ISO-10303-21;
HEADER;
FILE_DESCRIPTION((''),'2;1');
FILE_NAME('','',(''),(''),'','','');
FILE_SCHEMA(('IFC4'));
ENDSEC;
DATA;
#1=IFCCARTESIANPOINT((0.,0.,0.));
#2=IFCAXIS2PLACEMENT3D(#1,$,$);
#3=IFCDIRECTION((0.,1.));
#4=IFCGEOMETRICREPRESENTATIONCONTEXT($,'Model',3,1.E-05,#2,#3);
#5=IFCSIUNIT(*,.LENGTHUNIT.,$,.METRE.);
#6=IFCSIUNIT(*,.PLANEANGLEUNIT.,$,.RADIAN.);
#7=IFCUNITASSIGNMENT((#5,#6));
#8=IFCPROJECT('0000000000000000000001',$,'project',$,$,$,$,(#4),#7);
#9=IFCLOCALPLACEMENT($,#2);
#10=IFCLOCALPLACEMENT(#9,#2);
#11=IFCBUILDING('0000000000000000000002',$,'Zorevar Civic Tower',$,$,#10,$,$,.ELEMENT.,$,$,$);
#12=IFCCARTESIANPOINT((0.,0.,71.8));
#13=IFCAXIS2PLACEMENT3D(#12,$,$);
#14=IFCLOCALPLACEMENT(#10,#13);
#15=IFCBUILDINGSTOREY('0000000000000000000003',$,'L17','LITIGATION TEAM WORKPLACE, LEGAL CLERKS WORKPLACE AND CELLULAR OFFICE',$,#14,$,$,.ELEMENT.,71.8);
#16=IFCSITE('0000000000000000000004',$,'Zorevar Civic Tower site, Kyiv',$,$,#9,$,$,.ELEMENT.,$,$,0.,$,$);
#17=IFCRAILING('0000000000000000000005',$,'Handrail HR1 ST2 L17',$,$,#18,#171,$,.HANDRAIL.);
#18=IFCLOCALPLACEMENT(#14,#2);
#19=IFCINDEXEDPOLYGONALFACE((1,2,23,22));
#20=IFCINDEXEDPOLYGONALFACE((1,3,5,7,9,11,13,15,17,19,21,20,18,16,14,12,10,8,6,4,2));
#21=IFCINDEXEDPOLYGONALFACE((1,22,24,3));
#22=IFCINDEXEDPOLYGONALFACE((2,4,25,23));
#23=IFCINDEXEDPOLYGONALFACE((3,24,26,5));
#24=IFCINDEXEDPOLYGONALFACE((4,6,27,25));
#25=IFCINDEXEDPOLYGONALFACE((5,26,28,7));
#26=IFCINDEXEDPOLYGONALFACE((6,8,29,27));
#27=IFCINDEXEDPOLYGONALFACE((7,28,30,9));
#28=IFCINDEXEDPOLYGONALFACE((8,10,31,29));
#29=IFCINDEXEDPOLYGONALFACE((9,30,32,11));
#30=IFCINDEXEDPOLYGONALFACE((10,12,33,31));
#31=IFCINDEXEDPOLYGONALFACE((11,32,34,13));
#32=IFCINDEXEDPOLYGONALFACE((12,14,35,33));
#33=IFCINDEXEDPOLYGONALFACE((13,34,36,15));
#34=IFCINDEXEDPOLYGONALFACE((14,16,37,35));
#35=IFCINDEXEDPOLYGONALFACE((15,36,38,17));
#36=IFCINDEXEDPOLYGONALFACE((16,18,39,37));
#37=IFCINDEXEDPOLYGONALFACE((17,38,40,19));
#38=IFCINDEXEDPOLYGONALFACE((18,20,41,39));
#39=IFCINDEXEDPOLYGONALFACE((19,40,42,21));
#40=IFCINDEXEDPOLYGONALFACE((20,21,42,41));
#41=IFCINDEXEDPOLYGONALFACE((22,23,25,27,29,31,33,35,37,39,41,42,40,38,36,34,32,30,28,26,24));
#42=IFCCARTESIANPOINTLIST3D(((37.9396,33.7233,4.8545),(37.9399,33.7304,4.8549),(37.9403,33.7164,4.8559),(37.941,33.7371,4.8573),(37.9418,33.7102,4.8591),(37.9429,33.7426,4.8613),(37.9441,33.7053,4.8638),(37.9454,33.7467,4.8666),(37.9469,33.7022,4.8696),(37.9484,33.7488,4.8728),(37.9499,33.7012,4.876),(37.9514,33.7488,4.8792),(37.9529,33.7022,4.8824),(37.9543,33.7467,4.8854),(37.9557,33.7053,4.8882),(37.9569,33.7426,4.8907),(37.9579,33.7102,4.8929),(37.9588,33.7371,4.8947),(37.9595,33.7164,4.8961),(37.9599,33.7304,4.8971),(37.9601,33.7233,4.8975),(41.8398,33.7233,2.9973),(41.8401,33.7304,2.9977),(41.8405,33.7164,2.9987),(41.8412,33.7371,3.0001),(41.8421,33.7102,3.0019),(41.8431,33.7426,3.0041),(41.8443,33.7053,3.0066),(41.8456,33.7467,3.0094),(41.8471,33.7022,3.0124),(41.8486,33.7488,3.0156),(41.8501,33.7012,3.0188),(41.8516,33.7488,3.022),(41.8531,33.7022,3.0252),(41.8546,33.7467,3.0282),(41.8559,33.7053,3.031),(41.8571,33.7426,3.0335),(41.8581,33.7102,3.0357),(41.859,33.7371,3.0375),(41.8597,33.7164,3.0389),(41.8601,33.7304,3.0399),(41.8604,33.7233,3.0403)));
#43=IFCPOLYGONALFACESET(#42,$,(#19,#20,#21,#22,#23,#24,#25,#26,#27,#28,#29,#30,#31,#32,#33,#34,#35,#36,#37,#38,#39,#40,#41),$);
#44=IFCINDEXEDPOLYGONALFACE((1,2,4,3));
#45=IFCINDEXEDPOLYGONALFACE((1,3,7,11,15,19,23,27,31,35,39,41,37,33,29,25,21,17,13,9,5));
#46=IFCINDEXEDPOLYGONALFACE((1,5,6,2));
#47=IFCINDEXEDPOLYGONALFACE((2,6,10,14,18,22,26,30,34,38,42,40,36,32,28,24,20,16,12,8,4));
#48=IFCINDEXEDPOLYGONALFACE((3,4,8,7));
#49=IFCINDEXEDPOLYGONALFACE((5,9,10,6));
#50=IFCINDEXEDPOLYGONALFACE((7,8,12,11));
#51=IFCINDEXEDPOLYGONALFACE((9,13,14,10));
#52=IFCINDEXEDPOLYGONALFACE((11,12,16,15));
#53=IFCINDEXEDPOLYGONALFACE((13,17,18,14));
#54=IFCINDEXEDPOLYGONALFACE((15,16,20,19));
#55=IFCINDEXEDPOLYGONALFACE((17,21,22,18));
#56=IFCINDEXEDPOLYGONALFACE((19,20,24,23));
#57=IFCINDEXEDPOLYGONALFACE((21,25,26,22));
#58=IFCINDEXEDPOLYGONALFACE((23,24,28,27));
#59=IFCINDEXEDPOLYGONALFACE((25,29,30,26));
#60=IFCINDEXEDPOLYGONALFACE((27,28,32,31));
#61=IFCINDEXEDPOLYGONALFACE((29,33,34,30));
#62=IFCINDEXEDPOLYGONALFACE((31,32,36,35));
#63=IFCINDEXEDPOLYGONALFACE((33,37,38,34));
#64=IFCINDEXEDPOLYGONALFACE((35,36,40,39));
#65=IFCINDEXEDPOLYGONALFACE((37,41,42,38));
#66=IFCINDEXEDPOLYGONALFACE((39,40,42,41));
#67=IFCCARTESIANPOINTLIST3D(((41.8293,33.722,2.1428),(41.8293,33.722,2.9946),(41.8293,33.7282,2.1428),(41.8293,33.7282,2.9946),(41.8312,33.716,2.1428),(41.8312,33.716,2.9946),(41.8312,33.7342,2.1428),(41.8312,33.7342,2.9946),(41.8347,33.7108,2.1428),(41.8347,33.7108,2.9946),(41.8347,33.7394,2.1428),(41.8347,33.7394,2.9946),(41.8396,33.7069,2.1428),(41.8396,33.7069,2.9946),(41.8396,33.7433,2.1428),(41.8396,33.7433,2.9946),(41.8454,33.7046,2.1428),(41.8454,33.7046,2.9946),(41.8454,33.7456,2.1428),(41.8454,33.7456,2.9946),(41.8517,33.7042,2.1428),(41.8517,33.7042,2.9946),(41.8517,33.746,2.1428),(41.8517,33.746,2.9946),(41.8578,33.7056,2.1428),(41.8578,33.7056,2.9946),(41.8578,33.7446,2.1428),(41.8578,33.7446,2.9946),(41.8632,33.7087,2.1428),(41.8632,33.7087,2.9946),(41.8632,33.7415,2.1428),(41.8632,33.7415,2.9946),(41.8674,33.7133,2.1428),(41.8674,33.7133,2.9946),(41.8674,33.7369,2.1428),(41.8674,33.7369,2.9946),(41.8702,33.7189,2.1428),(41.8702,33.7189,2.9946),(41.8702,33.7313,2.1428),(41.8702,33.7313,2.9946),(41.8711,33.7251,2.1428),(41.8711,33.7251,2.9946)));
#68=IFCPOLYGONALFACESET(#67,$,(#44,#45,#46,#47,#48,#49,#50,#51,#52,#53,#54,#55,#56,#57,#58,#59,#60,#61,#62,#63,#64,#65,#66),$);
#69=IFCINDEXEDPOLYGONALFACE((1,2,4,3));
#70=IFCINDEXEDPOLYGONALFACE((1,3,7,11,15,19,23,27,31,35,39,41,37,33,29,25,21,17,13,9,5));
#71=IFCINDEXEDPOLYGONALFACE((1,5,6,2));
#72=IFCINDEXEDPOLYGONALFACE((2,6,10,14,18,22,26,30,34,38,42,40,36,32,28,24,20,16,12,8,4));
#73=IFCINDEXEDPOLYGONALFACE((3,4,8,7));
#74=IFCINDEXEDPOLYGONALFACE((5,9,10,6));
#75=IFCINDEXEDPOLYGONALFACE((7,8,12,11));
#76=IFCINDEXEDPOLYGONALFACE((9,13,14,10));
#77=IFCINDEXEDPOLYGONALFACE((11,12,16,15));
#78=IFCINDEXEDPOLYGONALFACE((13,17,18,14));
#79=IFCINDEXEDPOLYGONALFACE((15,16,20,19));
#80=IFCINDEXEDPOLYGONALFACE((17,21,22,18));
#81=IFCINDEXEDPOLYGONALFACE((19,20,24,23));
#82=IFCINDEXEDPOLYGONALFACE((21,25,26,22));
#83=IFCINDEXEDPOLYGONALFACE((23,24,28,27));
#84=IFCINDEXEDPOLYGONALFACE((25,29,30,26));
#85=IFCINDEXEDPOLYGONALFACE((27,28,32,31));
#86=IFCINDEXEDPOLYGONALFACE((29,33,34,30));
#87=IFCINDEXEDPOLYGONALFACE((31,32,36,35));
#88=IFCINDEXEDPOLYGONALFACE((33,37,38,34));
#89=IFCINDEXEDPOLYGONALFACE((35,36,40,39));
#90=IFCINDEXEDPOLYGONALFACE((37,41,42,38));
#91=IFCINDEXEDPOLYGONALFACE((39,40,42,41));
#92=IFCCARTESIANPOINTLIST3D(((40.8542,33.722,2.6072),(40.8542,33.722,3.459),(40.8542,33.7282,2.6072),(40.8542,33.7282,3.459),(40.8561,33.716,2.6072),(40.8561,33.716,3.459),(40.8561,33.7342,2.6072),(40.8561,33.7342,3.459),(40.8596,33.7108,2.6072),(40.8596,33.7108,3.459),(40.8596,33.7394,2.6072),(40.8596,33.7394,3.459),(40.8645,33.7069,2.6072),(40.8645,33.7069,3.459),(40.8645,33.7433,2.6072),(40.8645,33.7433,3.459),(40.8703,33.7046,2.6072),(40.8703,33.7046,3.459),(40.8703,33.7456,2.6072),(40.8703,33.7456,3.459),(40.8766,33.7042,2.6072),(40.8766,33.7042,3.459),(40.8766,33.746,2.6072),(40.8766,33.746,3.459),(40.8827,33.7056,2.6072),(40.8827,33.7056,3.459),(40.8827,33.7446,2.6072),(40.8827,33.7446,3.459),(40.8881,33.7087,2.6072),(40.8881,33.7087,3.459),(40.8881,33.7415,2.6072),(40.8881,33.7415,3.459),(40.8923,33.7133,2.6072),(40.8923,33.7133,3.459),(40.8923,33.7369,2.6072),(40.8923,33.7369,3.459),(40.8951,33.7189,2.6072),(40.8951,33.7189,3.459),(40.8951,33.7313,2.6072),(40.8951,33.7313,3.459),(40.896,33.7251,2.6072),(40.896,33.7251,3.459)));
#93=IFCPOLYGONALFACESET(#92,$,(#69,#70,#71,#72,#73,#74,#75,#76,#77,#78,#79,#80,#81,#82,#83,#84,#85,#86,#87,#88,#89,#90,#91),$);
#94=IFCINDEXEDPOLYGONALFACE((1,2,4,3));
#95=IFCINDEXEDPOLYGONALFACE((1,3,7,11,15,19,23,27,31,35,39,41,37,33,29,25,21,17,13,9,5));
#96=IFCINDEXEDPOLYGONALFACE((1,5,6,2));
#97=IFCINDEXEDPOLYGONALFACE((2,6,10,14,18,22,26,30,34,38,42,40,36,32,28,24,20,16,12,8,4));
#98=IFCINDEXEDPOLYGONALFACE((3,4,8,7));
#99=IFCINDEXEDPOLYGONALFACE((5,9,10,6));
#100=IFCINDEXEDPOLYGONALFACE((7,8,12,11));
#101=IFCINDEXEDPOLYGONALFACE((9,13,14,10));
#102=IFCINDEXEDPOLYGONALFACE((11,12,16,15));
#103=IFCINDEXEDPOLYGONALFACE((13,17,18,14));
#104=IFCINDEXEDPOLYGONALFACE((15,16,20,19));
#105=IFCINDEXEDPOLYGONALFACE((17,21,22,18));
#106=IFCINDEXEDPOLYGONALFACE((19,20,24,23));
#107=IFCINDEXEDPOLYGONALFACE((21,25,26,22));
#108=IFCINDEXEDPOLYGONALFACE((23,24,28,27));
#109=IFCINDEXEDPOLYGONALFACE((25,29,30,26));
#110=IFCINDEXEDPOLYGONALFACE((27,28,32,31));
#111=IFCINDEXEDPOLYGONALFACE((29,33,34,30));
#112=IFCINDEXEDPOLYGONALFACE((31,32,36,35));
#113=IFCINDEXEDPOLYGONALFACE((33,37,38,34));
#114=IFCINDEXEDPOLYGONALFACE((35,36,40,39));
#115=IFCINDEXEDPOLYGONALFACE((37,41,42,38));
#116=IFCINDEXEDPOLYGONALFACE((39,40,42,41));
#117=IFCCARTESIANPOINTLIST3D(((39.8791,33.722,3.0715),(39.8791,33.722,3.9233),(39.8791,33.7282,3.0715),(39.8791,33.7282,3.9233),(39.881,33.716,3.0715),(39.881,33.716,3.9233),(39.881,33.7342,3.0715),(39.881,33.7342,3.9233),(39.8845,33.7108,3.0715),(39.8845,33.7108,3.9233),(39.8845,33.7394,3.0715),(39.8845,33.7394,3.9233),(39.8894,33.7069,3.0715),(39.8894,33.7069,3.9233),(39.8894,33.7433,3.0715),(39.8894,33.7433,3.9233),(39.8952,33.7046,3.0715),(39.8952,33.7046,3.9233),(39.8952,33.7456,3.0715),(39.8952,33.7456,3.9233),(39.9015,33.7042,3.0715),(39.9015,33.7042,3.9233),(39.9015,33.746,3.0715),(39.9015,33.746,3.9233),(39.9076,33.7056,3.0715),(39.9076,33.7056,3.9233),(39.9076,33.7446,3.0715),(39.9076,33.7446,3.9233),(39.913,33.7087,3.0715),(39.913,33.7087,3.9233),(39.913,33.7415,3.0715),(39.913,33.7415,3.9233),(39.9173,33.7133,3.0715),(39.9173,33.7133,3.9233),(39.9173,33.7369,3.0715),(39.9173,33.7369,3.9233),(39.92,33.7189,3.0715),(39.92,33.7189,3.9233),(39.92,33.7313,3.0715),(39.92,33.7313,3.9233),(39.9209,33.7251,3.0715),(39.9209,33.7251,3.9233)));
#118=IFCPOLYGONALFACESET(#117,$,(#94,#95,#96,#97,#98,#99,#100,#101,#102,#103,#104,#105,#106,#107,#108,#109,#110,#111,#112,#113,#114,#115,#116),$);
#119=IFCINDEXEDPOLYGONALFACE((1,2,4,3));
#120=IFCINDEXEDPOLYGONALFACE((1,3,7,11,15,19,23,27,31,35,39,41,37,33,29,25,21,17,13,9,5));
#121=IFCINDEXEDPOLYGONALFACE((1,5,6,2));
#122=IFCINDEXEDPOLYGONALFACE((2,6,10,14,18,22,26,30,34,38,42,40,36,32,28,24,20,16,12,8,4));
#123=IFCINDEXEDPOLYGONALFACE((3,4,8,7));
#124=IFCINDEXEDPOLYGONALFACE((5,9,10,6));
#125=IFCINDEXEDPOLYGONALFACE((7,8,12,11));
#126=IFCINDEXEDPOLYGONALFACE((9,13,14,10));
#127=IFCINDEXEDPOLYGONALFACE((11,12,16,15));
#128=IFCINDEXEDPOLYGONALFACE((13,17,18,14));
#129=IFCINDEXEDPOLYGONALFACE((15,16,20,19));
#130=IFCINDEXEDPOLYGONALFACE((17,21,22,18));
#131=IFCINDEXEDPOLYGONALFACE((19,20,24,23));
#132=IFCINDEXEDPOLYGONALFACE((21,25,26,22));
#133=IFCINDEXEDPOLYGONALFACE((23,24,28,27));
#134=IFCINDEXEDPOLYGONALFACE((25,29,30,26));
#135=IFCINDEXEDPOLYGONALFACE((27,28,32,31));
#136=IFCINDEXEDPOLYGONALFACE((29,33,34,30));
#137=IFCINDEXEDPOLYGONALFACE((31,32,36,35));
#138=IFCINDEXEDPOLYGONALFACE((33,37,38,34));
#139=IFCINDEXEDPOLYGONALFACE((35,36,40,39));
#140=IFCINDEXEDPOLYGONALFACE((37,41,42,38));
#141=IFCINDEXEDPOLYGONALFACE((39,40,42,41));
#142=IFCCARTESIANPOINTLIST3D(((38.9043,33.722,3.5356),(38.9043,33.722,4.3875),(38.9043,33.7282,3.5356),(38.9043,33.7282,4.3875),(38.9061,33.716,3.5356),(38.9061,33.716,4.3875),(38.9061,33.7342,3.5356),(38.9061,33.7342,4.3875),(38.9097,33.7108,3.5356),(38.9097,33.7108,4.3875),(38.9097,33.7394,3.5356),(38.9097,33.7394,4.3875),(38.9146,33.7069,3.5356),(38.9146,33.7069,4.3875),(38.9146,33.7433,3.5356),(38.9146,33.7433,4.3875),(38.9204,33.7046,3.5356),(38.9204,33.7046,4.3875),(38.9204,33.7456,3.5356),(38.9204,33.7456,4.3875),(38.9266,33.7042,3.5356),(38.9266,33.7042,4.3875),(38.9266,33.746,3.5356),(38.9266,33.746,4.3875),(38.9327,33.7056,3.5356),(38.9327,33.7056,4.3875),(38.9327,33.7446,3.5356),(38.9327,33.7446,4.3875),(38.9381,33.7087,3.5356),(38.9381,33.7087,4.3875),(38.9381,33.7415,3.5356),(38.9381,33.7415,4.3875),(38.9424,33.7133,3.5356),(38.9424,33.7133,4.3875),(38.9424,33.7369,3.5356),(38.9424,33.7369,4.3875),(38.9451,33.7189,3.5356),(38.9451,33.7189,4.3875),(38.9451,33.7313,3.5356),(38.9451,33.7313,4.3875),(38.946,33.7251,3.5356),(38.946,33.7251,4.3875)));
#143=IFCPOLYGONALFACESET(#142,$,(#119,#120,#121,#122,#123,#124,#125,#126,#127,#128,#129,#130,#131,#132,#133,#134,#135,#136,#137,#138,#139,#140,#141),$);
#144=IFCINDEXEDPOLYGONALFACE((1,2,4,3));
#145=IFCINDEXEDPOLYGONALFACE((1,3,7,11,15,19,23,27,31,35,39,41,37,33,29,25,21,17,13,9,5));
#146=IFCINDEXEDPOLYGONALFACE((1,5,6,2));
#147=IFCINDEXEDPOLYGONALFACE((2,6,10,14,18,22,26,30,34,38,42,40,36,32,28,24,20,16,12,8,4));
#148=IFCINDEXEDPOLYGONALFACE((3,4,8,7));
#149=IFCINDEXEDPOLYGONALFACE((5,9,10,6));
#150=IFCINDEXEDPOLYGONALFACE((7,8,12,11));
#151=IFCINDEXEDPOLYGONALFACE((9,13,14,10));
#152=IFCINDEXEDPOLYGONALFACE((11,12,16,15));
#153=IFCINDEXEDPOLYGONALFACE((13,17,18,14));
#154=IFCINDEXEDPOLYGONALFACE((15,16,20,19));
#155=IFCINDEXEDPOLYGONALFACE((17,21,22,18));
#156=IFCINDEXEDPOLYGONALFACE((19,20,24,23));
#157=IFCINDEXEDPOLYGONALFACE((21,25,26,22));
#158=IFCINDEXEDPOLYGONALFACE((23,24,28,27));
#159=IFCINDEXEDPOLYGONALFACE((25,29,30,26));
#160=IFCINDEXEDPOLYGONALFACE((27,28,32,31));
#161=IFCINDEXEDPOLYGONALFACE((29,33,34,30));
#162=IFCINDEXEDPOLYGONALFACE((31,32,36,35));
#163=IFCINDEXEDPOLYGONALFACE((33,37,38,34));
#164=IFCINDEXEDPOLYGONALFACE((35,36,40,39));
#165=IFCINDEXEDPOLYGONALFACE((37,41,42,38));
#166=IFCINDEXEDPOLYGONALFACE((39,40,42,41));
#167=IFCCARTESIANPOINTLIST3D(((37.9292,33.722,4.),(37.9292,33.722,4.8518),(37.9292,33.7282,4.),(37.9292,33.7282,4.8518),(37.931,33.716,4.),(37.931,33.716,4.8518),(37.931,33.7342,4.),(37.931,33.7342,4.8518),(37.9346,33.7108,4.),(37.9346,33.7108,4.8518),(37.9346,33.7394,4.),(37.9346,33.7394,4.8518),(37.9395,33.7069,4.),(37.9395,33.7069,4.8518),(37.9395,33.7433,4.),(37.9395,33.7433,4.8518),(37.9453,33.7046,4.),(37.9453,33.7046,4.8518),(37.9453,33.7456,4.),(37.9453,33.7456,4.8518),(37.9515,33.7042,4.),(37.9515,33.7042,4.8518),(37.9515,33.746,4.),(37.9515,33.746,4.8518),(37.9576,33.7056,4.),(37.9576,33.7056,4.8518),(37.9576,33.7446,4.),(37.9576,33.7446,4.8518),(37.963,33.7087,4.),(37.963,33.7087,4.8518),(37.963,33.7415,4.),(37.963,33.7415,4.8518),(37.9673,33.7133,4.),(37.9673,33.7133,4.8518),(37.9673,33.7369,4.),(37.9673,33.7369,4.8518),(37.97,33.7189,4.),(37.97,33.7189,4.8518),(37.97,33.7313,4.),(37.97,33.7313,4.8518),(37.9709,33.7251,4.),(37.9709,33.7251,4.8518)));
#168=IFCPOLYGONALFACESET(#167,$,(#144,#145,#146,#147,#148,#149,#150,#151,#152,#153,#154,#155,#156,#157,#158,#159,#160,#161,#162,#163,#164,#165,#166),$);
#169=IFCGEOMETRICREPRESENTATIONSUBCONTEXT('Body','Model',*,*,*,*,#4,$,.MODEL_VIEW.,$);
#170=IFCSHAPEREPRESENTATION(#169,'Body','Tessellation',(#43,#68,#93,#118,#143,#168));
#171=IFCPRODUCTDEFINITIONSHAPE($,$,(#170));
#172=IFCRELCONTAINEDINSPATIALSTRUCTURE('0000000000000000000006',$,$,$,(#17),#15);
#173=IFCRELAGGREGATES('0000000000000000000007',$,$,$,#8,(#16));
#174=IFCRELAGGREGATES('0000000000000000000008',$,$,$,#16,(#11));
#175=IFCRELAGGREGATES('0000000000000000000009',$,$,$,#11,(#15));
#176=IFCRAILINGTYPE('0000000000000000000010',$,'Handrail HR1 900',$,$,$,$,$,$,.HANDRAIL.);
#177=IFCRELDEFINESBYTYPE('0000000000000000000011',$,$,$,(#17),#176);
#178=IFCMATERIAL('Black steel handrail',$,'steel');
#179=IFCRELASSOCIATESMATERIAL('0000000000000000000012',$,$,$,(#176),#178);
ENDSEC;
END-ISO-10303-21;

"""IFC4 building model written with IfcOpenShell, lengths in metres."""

from ifc_helpers import new_model, si_unit, direction, frame, origin, origin_2d, place, context, subcontext, project, spatial, circle, extrude, material, type_object, element, save


model = new_model("IFC4")

# Units and contexts
model_context = context("Model", 3, precision=1e-05, world=origin(), true_north=direction((0.0, 1.0)))
body_context = subcontext(model_context, "Body", "Model", "MODEL_VIEW")
ifc_project = project(units=[si_unit("LENGTHUNIT", "METRE"), si_unit("PLANEANGLEUNIT", "RADIAN")], contexts=[model_context])

# Site, building, storey
site_placement = place(None, origin())
site = spatial("IfcSite", under=ifc_project, at=site_placement, Name="Zorevar Civic Tower site, Kyiv", CompositionType="ELEMENT", RefElevation=0.0)
building_placement = place(site_placement, origin())
building = spatial("IfcBuilding", under=site, at=building_placement, Name="Zorevar Civic Tower", CompositionType="ELEMENT")
storey_placement = place(building_placement, frame((0.0, 0.0, 71.8)))
storey = spatial("IfcBuildingStorey", under=building, at=storey_placement, Name="L17", Description="LITIGATION TEAM WORKPLACE, LEGAL CLERKS WORKPLACE AND CELLULAR OFFICE", CompositionType="ELEMENT", Elevation=71.8)

# Railing
ifc_material_1 = material(Name="Black steel handrail", Category="steel")
railing_type = type_object("IfcRailingType", Name="Handrail HR1 900", PredefinedType="HANDRAIL", material=ifc_material_1)
railing_1_placement = place(storey_placement, frame((41.8501, 33.7251, 2.1428)))
element("IfcRailing", 1, at=railing_1_placement, inside=storey, type_object=railing_type, Name="Handrail HR1 ST2 L17", PredefinedType="HANDRAIL", context=body_context, shape_type="SweptSolid", body=[
    extrude(circle(Radius=0.0239, at=origin_2d()), frame((0.0, 0.0, 0.876), z_axis=(-0.902864, 0.0, 0.429927), x_axis=(0.0, -1.0, 0.0)), (0.0, 0.0, 1.0), 4.3198),
    extrude(circle(Radius=0.021, at=origin_2d()), origin(), (0.0, 0.0, 1.0), 0.8518),
    extrude(circle(Radius=0.021, at=origin_2d()), frame((-0.9751, 0.0, 0.4644)), (0.0, 0.0, 1.0), 0.8518),
    extrude(circle(Radius=0.021, at=origin_2d()), frame((-1.9502, 0.0, 0.9287)), (0.0, 0.0, 1.0), 0.8518),
    extrude(circle(Radius=0.021, at=origin_2d()), frame((-2.925, 0.0, 1.3928)), (0.0, 0.0, 1.0), 0.8518),
    extrude(circle(Radius=0.021, at=origin_2d()), frame((-3.9001, 0.0, 1.8572)), (0.0, 0.0, 1.0), 0.8518),
])

save(model, "model.ifc")
